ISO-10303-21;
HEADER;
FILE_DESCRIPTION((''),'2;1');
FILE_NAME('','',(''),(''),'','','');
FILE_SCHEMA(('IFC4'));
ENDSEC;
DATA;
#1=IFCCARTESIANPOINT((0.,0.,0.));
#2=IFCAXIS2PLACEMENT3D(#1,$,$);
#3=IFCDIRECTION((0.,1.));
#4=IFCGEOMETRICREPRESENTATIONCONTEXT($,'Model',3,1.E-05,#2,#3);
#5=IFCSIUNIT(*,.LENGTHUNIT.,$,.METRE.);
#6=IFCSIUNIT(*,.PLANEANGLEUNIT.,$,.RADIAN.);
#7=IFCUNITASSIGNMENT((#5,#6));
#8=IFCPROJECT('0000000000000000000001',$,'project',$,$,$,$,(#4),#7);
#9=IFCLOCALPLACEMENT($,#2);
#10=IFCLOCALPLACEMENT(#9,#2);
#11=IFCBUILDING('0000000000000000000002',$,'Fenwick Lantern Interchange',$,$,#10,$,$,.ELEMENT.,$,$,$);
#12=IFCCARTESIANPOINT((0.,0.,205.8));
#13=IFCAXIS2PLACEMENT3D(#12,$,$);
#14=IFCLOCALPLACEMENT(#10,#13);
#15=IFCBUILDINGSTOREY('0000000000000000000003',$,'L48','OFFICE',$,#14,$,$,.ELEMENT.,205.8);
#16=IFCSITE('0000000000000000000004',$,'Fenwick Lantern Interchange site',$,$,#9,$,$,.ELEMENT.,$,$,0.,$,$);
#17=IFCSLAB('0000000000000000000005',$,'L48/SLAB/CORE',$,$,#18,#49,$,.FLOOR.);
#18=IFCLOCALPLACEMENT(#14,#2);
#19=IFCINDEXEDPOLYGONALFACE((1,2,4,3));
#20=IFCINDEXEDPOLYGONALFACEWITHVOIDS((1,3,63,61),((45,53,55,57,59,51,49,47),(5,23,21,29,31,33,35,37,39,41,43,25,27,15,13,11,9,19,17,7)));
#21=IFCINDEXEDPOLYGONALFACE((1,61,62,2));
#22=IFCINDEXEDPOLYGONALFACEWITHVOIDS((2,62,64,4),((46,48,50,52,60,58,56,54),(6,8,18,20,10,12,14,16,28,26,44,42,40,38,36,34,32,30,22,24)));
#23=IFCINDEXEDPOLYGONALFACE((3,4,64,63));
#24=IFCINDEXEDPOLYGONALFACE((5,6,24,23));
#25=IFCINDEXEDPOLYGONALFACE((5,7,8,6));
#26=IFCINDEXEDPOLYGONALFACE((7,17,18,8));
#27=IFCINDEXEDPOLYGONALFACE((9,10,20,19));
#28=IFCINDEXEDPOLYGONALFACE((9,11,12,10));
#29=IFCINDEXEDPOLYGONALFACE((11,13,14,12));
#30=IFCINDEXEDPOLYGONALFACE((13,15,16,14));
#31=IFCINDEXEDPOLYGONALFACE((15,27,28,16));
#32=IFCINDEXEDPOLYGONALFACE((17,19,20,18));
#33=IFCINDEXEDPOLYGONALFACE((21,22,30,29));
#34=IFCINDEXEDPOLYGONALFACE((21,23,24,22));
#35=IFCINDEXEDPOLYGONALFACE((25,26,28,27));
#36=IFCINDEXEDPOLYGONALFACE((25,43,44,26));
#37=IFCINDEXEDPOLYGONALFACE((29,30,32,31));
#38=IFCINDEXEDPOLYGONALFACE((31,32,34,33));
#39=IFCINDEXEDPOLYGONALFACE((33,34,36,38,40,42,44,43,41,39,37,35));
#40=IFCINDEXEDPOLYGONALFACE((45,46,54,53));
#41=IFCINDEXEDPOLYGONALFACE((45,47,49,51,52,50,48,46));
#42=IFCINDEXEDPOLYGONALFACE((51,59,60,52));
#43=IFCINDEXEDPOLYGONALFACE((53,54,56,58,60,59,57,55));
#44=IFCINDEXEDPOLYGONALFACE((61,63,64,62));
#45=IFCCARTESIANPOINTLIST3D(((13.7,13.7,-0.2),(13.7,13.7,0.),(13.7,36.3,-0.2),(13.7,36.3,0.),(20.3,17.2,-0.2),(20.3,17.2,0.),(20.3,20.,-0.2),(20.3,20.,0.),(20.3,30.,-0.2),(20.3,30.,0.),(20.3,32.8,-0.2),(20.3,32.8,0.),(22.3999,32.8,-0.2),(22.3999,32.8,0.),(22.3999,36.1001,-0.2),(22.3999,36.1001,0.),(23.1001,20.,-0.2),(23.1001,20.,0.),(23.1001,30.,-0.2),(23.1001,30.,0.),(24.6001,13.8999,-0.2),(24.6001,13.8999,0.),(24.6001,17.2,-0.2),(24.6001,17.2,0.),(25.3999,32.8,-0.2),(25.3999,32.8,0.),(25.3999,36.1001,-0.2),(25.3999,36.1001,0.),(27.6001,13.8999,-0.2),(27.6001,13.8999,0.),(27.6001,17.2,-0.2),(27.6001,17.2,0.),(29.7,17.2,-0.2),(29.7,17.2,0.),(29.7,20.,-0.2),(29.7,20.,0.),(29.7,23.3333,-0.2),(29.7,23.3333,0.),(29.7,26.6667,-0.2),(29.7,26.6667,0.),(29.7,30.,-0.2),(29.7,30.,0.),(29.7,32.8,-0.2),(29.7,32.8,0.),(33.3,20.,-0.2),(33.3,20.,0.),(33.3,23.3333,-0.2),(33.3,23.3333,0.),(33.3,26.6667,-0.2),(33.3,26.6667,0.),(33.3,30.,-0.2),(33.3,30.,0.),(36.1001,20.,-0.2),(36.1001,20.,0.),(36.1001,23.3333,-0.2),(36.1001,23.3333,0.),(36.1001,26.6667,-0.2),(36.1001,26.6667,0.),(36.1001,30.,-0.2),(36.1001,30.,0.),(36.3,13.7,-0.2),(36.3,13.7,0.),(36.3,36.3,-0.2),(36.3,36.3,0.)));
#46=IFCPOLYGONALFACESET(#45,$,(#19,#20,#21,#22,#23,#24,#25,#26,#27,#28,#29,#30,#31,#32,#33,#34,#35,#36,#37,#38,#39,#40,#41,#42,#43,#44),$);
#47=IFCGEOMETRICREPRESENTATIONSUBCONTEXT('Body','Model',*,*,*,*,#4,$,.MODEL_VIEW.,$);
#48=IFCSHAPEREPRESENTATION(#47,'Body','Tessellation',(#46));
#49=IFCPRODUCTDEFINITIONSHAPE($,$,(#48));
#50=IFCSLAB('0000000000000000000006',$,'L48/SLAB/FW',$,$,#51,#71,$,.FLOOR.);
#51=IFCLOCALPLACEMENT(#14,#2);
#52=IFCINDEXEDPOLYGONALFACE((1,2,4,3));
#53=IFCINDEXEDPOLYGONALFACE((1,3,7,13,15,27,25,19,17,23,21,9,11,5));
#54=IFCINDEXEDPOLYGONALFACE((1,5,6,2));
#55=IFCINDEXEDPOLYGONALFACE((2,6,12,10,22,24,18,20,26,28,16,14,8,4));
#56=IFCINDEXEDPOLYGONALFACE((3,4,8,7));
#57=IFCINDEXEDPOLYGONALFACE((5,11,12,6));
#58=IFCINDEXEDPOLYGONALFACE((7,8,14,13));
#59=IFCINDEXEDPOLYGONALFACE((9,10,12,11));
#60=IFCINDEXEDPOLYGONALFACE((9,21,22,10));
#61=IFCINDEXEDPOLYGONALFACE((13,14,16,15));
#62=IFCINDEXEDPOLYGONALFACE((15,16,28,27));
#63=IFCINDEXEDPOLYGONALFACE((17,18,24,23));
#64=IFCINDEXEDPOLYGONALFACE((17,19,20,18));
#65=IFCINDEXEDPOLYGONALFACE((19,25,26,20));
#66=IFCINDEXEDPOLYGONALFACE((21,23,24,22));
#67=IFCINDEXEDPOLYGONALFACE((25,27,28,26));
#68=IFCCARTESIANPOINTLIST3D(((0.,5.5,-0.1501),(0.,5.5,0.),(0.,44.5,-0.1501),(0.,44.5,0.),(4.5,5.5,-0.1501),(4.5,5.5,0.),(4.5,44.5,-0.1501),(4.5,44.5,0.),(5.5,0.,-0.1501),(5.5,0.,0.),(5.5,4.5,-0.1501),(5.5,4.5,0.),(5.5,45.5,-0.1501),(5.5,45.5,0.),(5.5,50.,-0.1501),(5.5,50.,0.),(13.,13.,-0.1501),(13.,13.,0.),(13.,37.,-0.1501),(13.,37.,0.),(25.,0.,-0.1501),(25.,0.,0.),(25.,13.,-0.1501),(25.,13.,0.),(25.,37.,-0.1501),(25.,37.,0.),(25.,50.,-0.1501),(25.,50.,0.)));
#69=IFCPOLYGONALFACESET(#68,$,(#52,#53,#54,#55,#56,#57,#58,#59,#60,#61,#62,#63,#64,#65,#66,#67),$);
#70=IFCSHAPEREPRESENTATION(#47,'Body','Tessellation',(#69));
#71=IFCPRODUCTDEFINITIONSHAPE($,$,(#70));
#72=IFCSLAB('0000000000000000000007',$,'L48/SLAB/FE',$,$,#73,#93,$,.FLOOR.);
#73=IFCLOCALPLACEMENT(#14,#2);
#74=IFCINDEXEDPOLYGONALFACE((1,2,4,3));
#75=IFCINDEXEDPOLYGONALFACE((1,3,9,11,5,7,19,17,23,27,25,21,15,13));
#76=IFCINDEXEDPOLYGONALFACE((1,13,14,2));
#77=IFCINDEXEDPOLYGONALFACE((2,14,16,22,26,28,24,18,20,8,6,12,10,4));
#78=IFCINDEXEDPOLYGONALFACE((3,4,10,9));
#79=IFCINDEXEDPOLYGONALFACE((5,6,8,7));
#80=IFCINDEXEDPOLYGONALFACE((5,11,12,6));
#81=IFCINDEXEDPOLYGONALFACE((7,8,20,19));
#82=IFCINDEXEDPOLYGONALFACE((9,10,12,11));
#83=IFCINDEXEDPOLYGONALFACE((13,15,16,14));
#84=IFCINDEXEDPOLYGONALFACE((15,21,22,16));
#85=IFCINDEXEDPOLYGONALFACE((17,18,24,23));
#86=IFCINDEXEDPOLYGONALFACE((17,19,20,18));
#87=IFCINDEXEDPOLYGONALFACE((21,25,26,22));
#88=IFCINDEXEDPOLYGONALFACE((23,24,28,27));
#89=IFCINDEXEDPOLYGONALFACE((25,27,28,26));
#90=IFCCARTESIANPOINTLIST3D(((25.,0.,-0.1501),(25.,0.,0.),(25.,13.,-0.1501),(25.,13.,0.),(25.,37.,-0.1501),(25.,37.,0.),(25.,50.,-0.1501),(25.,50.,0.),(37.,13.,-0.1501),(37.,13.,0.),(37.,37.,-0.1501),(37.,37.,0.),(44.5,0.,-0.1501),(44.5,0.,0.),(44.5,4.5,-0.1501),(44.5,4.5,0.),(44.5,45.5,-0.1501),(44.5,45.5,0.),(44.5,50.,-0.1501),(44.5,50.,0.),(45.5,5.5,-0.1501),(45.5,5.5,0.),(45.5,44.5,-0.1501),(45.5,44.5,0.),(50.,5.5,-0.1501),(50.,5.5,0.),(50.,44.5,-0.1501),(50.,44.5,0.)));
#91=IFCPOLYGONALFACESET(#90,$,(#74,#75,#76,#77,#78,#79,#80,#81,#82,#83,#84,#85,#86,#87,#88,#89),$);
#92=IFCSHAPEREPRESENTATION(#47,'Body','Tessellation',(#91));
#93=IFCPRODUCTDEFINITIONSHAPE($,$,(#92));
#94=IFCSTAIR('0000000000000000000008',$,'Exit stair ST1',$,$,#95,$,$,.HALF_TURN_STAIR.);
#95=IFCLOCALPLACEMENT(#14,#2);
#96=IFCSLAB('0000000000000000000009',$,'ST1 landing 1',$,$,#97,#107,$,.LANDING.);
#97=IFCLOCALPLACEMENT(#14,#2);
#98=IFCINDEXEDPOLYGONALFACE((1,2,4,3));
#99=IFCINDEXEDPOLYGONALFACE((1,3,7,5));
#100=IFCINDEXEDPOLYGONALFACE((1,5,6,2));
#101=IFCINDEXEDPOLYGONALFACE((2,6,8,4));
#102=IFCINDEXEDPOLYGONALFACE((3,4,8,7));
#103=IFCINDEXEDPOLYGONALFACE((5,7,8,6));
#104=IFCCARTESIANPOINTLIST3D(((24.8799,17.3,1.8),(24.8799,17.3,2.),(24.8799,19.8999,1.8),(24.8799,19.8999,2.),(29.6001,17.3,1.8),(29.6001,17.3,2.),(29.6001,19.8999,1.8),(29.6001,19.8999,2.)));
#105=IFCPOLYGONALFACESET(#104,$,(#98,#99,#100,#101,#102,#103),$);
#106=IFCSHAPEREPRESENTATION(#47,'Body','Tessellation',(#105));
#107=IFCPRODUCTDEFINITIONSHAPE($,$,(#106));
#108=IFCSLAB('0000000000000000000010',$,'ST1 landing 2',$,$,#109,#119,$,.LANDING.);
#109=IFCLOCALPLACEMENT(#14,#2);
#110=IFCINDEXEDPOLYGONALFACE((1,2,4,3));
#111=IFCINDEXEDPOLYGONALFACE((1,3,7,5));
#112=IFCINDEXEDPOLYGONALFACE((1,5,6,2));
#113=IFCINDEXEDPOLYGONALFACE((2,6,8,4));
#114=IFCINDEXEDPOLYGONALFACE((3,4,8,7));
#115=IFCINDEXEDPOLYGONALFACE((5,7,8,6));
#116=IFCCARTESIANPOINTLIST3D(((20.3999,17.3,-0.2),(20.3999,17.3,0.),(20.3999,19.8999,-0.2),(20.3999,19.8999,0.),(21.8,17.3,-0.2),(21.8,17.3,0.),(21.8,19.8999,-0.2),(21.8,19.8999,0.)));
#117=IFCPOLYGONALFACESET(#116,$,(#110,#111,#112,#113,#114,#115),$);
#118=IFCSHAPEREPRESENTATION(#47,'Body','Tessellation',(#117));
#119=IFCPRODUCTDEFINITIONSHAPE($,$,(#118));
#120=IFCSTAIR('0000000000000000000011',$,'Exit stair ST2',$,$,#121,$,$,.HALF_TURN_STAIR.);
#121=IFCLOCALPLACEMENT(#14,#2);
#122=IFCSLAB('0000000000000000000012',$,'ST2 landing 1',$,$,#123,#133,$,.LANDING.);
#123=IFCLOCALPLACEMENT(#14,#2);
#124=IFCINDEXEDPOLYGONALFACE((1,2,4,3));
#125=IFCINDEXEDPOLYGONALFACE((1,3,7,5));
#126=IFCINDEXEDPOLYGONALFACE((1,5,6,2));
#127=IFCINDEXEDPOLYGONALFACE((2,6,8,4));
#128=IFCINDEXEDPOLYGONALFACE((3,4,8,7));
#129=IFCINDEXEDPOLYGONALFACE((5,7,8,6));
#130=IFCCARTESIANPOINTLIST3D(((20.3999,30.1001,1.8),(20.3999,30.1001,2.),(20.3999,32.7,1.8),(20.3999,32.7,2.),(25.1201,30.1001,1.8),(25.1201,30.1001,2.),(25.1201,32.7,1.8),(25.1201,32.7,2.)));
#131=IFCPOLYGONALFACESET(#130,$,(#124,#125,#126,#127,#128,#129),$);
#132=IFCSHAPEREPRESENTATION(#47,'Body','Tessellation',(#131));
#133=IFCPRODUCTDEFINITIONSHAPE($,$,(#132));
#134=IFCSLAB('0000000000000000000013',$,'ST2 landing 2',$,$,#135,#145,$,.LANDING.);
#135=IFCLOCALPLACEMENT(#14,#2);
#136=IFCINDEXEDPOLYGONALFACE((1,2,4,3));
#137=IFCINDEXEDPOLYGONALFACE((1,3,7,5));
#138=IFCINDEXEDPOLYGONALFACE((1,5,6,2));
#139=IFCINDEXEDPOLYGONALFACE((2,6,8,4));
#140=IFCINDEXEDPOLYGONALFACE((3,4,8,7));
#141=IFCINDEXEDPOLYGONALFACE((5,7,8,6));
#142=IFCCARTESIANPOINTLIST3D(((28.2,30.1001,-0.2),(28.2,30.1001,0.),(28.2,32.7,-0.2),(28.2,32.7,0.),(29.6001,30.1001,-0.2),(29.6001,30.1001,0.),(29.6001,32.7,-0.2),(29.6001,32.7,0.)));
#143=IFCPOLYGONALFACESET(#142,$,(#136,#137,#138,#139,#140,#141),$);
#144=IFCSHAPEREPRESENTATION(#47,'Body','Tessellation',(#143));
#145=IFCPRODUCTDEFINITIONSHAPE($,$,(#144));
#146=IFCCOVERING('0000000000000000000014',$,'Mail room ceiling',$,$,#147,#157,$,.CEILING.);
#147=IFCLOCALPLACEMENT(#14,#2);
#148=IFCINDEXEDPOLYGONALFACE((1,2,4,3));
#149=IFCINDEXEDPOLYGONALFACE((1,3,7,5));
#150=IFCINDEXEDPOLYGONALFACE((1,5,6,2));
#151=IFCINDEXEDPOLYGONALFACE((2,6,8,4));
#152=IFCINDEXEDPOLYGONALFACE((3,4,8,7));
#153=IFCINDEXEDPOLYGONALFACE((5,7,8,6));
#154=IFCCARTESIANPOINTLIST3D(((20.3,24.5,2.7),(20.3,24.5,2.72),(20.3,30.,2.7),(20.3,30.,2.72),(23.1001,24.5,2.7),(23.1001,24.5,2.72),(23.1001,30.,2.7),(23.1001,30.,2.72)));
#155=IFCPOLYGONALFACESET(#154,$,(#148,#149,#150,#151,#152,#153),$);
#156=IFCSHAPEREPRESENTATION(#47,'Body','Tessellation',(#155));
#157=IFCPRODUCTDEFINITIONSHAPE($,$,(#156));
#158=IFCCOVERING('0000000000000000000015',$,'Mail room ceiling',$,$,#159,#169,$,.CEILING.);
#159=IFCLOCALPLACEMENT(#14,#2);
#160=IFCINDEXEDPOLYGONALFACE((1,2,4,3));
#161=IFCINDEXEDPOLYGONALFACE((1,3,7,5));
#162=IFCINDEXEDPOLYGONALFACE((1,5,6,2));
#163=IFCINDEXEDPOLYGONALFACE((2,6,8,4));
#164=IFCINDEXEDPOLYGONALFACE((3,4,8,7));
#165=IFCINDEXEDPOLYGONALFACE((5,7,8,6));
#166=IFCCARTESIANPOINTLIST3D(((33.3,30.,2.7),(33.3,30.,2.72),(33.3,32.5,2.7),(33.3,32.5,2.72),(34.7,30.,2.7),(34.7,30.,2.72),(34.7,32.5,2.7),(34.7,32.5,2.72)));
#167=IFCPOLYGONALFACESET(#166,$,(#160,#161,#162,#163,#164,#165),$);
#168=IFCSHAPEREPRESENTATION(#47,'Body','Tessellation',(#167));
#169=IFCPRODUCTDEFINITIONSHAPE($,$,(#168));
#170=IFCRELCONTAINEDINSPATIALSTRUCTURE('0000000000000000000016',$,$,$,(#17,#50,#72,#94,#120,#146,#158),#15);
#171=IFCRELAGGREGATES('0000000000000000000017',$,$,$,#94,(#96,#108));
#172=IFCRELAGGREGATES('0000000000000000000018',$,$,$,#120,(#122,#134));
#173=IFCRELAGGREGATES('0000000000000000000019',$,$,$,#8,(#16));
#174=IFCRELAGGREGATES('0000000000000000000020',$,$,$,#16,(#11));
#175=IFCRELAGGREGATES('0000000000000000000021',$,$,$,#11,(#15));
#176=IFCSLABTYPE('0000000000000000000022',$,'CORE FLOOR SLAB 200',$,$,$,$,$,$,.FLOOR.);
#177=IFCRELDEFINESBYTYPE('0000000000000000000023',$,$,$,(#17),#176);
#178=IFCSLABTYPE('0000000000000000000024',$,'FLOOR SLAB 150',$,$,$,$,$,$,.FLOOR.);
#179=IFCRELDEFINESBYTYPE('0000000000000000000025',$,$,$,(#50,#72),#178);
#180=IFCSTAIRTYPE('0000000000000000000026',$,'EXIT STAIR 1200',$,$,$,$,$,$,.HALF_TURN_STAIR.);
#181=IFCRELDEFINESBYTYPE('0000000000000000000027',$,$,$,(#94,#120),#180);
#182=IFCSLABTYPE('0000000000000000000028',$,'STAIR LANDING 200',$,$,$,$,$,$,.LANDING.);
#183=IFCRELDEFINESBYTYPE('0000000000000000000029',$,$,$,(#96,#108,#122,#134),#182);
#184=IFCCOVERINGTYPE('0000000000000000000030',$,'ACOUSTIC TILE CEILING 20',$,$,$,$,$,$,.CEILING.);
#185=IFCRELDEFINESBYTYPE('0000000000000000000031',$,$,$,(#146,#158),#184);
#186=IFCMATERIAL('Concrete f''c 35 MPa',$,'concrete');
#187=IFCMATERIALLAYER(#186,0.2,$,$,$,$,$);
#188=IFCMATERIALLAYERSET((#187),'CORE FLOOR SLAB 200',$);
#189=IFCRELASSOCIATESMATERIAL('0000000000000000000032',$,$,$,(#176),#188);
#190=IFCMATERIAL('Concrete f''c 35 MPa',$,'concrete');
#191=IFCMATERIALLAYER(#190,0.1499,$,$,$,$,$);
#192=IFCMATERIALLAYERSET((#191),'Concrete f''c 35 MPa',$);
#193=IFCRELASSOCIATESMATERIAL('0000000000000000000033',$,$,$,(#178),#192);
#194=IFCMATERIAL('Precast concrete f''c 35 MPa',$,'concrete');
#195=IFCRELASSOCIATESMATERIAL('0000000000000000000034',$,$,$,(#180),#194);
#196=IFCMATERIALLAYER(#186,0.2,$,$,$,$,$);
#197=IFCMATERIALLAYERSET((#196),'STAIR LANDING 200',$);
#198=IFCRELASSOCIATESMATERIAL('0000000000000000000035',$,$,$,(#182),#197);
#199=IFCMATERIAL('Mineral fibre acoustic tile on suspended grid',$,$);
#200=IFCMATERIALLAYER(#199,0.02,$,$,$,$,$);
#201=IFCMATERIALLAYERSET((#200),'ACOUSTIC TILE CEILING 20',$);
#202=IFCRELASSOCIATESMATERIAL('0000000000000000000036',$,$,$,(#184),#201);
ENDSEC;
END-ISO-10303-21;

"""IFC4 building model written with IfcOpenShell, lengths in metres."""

from ifc_helpers import new_model, si_unit, direction, frame, origin, place, context, subcontext, project, spatial, polyline, outline, extrude, material, layer, layer_set, type_object, element, aggregate, save


model = new_model("IFC4")

# Units and contexts
model_context = context("Model", 3, precision=1e-05, world=origin(), true_north=direction((0.0, 1.0)))
body_context = subcontext(model_context, "Body", "Model", "MODEL_VIEW")
ifc_project = project(units=[si_unit("LENGTHUNIT", "METRE"), si_unit("PLANEANGLEUNIT", "RADIAN")], contexts=[model_context])

# Site, building, storey
site_placement = place(None, origin())
site = spatial("IfcSite", under=ifc_project, at=site_placement, Name="Fenwick Lantern Interchange site", CompositionType="ELEMENT", RefElevation=0.0)
building_placement = place(site_placement, origin())
building = spatial("IfcBuilding", under=site, at=building_placement, Name="Fenwick Lantern Interchange", CompositionType="ELEMENT")
storey_placement = place(building_placement, frame((0.0, 0.0, 205.8)))
storey = spatial("IfcBuildingStorey", under=building, at=storey_placement, Name="L48", Description="OFFICE", CompositionType="ELEMENT", Elevation=205.8)

# Slabs
ifc_material_1 = material(Name="Concrete f'c 35 MPa", Category="concrete")
ifc_layer_1 = layer(ifc_material_1, 0.2)
ifc_layer_set_1 = layer_set([ifc_layer_1], Name="CORE FLOOR SLAB 200")
slab_type_1 = type_object("IfcSlabType", Name="CORE FLOOR SLAB 200", PredefinedType="FLOOR", material=ifc_layer_set_1)
slab_1_placement = place(storey_placement, frame((0.0, 0.0, -0.2)))
element("IfcSlab", 1, at=slab_1_placement, inside=storey, type_object=slab_type_1, Name="L48/SLAB/CORE", PredefinedType="FLOOR", context=body_context, shape_type="SweptSolid", body=[
    extrude(outline(polyline([(13.7, 36.3), (36.3, 36.3), (36.3, 13.7), (13.7, 13.7), (13.7, 36.3)]), holes=[polyline([(24.6001, 13.8999), (27.6001, 13.8999), (27.6001, 17.2), (29.7, 17.2), (29.7, 20.0), (29.7, 23.3333), (29.7, 26.6667), (29.7, 30.0), (29.7, 32.8), (25.3999, 32.8), (25.3999, 36.1001), (22.3999, 36.1001), (22.3999, 32.8), (20.3, 32.8), (20.3, 30.0), (23.1001, 30.0), (23.1001, 20.0), (20.3, 20.0), (20.3, 17.2), (24.6001, 17.2), (24.6001, 13.8999)]), polyline([(33.3, 23.3333), (33.3, 20.0), (36.1001, 20.0), (36.1001, 23.3333), (36.1001, 26.6667), (36.1001, 30.0), (33.3, 30.0), (33.3, 26.6667), (33.3, 23.3333)])]), origin(), (0.0, 0.0, 1.0), 0.2),
])
ifc_material_2 = material(Name="Concrete f'c 35 MPa", Category="concrete")
ifc_layer_2 = layer(ifc_material_2, 0.1499)
ifc_layer_set_2 = layer_set([ifc_layer_2], Name="Concrete f'c 35 MPa")
slab_type_2 = type_object("IfcSlabType", Name="FLOOR SLAB 150", PredefinedType="FLOOR", material=ifc_layer_set_2)
slab_2_placement = place(storey_placement, frame((0.0, 0.0, -0.1501)))
element("IfcSlab", 2, at=slab_2_placement, inside=storey, type_object=slab_type_2, Name="L48/SLAB/FW", PredefinedType="FLOOR", context=body_context, shape_type="SweptSolid", body=[
    extrude(outline(polyline([(5.5, 0.0), (5.5, 4.5), (4.5, 5.5), (0.0, 5.5), (0.0, 44.5), (4.5, 44.5), (5.5, 45.5), (5.5, 50.0), (25.0, 50.0), (25.0, 37.0), (13.0, 37.0), (13.0, 13.0), (25.0, 13.0), (25.0, 0.0), (5.5, 0.0)])), origin(), (0.0, 0.0, 1.0), 0.1501),
])
slab_3_placement = place(storey_placement, frame((0.0, 0.0, -0.1501)))
element("IfcSlab", 3, at=slab_3_placement, inside=storey, type_object=slab_type_2, Name="L48/SLAB/FE", PredefinedType="FLOOR", context=body_context, shape_type="SweptSolid", body=[
    extrude(outline(polyline([(44.5, 50.0), (44.5, 45.5), (45.5, 44.5), (50.0, 44.5), (50.0, 5.5), (45.5, 5.5), (44.5, 4.5), (44.5, 0.0), (25.0, 0.0), (25.0, 13.0), (37.0, 13.0), (37.0, 37.0), (25.0, 37.0), (25.0, 50.0), (44.5, 50.0)])), origin(), (0.0, 0.0, 1.0), 0.1501),
])

# Stairs, slabs
ifc_material_3 = material(Name="Precast concrete f'c 35 MPa", Category="concrete")
stair_type = type_object("IfcStairType", Name="EXIT STAIR 1200", PredefinedType="HALF_TURN_STAIR", material=ifc_material_3)
stair_1_placement = place(storey_placement, origin())
stair_1 = element("IfcStair", 4, at=stair_1_placement, inside=storey, type_object=stair_type, Name="Exit stair ST1", PredefinedType="HALF_TURN_STAIR")
ifc_layer_3 = layer(ifc_material_1, 0.2)
ifc_layer_set_3 = layer_set([ifc_layer_3], Name="STAIR LANDING 200")
slab_type_3 = type_object("IfcSlabType", Name="STAIR LANDING 200", PredefinedType="LANDING", material=ifc_layer_set_3)
slab_4_placement = place(storey_placement, frame((0.0, 0.0, 1.8)))
slab_4 = element("IfcSlab", 5, at=slab_4_placement, type_object=slab_type_3, Name="ST1 landing 1", PredefinedType="LANDING", context=body_context, shape_type="SweptSolid", body=[
    extrude(outline(polyline([(24.8799, 17.3), (29.6001, 17.3), (29.6001, 19.8999), (24.8799, 19.8999), (24.8799, 17.3)])), origin(), (0.0, 0.0, 1.0), 0.2),
])
slab_5_placement = place(storey_placement, frame((0.0, 0.0, -0.2)))
slab_5 = element("IfcSlab", 6, at=slab_5_placement, type_object=slab_type_3, Name="ST1 landing 2", PredefinedType="LANDING", context=body_context, shape_type="SweptSolid", body=[
    extrude(outline(polyline([(20.3999, 17.3), (21.8, 17.3), (21.8, 19.8999), (20.3999, 19.8999), (20.3999, 17.3)])), origin(), (0.0, 0.0, 1.0), 0.2),
])
aggregate(stair_1, [slab_4, slab_5])
stair_2_placement = place(storey_placement, origin())
stair_2 = element("IfcStair", 7, at=stair_2_placement, inside=storey, type_object=stair_type, Name="Exit stair ST2", PredefinedType="HALF_TURN_STAIR")
slab_6_placement = place(storey_placement, frame((0.0, 0.0, 1.8)))
slab_6 = element("IfcSlab", 8, at=slab_6_placement, type_object=slab_type_3, Name="ST2 landing 1", PredefinedType="LANDING", context=body_context, shape_type="SweptSolid", body=[
    extrude(outline(polyline([(25.1201, 32.7), (20.3999, 32.7), (20.3999, 30.1001), (25.1201, 30.1001), (25.1201, 32.7)])), origin(), (0.0, 0.0, 1.0), 0.2),
])
slab_7_placement = place(storey_placement, frame((0.0, 0.0, -0.2)))
slab_7 = element("IfcSlab", 9, at=slab_7_placement, type_object=slab_type_3, Name="ST2 landing 2", PredefinedType="LANDING", context=body_context, shape_type="SweptSolid", body=[
    extrude(outline(polyline([(29.6001, 32.7), (28.2, 32.7), (28.2, 30.1001), (29.6001, 30.1001), (29.6001, 32.7)])), origin(), (0.0, 0.0, 1.0), 0.2),
])
aggregate(stair_2, [slab_6, slab_7])

# Coverings
ifc_material_4 = material(Name="Mineral fibre acoustic tile on suspended grid")
ifc_layer_4 = layer(ifc_material_4, 0.02)
ifc_layer_set_4 = layer_set([ifc_layer_4], Name="ACOUSTIC TILE CEILING 20")
covering_type_1 = type_object("IfcCoveringType", Name="ACOUSTIC TILE CEILING 20", PredefinedType="CEILING", material=ifc_layer_set_4)
covering_1_placement = place(storey_placement, frame((0.0, 0.0, 2.7)))
element("IfcCovering", 10, at=covering_1_placement, inside=storey, type_object=covering_type_1, Name="Mail room ceiling", PredefinedType="CEILING", context=body_context, shape_type="SweptSolid", body=[
    extrude(outline(polyline([(20.3, 24.5), (23.1001, 24.5), (23.1001, 30.0), (20.3, 30.0), (20.3, 24.5)])), origin(), (0.0, 0.0, 1.0), 0.02),
])
covering_2_placement = place(storey_placement, frame((0.0, 0.0, 2.7)))
element("IfcCovering", 11, at=covering_2_placement, inside=storey, type_object=covering_type_1, Name="Mail room ceiling", PredefinedType="CEILING", context=body_context, shape_type="SweptSolid", body=[
    extrude(outline(polyline([(34.7, 32.5), (33.3, 32.5), (33.3, 30.0), (34.7, 30.0), (34.7, 32.5)])), origin(), (0.0, 0.0, 1.0), 0.02),
])

save(model, "model.ifc")
